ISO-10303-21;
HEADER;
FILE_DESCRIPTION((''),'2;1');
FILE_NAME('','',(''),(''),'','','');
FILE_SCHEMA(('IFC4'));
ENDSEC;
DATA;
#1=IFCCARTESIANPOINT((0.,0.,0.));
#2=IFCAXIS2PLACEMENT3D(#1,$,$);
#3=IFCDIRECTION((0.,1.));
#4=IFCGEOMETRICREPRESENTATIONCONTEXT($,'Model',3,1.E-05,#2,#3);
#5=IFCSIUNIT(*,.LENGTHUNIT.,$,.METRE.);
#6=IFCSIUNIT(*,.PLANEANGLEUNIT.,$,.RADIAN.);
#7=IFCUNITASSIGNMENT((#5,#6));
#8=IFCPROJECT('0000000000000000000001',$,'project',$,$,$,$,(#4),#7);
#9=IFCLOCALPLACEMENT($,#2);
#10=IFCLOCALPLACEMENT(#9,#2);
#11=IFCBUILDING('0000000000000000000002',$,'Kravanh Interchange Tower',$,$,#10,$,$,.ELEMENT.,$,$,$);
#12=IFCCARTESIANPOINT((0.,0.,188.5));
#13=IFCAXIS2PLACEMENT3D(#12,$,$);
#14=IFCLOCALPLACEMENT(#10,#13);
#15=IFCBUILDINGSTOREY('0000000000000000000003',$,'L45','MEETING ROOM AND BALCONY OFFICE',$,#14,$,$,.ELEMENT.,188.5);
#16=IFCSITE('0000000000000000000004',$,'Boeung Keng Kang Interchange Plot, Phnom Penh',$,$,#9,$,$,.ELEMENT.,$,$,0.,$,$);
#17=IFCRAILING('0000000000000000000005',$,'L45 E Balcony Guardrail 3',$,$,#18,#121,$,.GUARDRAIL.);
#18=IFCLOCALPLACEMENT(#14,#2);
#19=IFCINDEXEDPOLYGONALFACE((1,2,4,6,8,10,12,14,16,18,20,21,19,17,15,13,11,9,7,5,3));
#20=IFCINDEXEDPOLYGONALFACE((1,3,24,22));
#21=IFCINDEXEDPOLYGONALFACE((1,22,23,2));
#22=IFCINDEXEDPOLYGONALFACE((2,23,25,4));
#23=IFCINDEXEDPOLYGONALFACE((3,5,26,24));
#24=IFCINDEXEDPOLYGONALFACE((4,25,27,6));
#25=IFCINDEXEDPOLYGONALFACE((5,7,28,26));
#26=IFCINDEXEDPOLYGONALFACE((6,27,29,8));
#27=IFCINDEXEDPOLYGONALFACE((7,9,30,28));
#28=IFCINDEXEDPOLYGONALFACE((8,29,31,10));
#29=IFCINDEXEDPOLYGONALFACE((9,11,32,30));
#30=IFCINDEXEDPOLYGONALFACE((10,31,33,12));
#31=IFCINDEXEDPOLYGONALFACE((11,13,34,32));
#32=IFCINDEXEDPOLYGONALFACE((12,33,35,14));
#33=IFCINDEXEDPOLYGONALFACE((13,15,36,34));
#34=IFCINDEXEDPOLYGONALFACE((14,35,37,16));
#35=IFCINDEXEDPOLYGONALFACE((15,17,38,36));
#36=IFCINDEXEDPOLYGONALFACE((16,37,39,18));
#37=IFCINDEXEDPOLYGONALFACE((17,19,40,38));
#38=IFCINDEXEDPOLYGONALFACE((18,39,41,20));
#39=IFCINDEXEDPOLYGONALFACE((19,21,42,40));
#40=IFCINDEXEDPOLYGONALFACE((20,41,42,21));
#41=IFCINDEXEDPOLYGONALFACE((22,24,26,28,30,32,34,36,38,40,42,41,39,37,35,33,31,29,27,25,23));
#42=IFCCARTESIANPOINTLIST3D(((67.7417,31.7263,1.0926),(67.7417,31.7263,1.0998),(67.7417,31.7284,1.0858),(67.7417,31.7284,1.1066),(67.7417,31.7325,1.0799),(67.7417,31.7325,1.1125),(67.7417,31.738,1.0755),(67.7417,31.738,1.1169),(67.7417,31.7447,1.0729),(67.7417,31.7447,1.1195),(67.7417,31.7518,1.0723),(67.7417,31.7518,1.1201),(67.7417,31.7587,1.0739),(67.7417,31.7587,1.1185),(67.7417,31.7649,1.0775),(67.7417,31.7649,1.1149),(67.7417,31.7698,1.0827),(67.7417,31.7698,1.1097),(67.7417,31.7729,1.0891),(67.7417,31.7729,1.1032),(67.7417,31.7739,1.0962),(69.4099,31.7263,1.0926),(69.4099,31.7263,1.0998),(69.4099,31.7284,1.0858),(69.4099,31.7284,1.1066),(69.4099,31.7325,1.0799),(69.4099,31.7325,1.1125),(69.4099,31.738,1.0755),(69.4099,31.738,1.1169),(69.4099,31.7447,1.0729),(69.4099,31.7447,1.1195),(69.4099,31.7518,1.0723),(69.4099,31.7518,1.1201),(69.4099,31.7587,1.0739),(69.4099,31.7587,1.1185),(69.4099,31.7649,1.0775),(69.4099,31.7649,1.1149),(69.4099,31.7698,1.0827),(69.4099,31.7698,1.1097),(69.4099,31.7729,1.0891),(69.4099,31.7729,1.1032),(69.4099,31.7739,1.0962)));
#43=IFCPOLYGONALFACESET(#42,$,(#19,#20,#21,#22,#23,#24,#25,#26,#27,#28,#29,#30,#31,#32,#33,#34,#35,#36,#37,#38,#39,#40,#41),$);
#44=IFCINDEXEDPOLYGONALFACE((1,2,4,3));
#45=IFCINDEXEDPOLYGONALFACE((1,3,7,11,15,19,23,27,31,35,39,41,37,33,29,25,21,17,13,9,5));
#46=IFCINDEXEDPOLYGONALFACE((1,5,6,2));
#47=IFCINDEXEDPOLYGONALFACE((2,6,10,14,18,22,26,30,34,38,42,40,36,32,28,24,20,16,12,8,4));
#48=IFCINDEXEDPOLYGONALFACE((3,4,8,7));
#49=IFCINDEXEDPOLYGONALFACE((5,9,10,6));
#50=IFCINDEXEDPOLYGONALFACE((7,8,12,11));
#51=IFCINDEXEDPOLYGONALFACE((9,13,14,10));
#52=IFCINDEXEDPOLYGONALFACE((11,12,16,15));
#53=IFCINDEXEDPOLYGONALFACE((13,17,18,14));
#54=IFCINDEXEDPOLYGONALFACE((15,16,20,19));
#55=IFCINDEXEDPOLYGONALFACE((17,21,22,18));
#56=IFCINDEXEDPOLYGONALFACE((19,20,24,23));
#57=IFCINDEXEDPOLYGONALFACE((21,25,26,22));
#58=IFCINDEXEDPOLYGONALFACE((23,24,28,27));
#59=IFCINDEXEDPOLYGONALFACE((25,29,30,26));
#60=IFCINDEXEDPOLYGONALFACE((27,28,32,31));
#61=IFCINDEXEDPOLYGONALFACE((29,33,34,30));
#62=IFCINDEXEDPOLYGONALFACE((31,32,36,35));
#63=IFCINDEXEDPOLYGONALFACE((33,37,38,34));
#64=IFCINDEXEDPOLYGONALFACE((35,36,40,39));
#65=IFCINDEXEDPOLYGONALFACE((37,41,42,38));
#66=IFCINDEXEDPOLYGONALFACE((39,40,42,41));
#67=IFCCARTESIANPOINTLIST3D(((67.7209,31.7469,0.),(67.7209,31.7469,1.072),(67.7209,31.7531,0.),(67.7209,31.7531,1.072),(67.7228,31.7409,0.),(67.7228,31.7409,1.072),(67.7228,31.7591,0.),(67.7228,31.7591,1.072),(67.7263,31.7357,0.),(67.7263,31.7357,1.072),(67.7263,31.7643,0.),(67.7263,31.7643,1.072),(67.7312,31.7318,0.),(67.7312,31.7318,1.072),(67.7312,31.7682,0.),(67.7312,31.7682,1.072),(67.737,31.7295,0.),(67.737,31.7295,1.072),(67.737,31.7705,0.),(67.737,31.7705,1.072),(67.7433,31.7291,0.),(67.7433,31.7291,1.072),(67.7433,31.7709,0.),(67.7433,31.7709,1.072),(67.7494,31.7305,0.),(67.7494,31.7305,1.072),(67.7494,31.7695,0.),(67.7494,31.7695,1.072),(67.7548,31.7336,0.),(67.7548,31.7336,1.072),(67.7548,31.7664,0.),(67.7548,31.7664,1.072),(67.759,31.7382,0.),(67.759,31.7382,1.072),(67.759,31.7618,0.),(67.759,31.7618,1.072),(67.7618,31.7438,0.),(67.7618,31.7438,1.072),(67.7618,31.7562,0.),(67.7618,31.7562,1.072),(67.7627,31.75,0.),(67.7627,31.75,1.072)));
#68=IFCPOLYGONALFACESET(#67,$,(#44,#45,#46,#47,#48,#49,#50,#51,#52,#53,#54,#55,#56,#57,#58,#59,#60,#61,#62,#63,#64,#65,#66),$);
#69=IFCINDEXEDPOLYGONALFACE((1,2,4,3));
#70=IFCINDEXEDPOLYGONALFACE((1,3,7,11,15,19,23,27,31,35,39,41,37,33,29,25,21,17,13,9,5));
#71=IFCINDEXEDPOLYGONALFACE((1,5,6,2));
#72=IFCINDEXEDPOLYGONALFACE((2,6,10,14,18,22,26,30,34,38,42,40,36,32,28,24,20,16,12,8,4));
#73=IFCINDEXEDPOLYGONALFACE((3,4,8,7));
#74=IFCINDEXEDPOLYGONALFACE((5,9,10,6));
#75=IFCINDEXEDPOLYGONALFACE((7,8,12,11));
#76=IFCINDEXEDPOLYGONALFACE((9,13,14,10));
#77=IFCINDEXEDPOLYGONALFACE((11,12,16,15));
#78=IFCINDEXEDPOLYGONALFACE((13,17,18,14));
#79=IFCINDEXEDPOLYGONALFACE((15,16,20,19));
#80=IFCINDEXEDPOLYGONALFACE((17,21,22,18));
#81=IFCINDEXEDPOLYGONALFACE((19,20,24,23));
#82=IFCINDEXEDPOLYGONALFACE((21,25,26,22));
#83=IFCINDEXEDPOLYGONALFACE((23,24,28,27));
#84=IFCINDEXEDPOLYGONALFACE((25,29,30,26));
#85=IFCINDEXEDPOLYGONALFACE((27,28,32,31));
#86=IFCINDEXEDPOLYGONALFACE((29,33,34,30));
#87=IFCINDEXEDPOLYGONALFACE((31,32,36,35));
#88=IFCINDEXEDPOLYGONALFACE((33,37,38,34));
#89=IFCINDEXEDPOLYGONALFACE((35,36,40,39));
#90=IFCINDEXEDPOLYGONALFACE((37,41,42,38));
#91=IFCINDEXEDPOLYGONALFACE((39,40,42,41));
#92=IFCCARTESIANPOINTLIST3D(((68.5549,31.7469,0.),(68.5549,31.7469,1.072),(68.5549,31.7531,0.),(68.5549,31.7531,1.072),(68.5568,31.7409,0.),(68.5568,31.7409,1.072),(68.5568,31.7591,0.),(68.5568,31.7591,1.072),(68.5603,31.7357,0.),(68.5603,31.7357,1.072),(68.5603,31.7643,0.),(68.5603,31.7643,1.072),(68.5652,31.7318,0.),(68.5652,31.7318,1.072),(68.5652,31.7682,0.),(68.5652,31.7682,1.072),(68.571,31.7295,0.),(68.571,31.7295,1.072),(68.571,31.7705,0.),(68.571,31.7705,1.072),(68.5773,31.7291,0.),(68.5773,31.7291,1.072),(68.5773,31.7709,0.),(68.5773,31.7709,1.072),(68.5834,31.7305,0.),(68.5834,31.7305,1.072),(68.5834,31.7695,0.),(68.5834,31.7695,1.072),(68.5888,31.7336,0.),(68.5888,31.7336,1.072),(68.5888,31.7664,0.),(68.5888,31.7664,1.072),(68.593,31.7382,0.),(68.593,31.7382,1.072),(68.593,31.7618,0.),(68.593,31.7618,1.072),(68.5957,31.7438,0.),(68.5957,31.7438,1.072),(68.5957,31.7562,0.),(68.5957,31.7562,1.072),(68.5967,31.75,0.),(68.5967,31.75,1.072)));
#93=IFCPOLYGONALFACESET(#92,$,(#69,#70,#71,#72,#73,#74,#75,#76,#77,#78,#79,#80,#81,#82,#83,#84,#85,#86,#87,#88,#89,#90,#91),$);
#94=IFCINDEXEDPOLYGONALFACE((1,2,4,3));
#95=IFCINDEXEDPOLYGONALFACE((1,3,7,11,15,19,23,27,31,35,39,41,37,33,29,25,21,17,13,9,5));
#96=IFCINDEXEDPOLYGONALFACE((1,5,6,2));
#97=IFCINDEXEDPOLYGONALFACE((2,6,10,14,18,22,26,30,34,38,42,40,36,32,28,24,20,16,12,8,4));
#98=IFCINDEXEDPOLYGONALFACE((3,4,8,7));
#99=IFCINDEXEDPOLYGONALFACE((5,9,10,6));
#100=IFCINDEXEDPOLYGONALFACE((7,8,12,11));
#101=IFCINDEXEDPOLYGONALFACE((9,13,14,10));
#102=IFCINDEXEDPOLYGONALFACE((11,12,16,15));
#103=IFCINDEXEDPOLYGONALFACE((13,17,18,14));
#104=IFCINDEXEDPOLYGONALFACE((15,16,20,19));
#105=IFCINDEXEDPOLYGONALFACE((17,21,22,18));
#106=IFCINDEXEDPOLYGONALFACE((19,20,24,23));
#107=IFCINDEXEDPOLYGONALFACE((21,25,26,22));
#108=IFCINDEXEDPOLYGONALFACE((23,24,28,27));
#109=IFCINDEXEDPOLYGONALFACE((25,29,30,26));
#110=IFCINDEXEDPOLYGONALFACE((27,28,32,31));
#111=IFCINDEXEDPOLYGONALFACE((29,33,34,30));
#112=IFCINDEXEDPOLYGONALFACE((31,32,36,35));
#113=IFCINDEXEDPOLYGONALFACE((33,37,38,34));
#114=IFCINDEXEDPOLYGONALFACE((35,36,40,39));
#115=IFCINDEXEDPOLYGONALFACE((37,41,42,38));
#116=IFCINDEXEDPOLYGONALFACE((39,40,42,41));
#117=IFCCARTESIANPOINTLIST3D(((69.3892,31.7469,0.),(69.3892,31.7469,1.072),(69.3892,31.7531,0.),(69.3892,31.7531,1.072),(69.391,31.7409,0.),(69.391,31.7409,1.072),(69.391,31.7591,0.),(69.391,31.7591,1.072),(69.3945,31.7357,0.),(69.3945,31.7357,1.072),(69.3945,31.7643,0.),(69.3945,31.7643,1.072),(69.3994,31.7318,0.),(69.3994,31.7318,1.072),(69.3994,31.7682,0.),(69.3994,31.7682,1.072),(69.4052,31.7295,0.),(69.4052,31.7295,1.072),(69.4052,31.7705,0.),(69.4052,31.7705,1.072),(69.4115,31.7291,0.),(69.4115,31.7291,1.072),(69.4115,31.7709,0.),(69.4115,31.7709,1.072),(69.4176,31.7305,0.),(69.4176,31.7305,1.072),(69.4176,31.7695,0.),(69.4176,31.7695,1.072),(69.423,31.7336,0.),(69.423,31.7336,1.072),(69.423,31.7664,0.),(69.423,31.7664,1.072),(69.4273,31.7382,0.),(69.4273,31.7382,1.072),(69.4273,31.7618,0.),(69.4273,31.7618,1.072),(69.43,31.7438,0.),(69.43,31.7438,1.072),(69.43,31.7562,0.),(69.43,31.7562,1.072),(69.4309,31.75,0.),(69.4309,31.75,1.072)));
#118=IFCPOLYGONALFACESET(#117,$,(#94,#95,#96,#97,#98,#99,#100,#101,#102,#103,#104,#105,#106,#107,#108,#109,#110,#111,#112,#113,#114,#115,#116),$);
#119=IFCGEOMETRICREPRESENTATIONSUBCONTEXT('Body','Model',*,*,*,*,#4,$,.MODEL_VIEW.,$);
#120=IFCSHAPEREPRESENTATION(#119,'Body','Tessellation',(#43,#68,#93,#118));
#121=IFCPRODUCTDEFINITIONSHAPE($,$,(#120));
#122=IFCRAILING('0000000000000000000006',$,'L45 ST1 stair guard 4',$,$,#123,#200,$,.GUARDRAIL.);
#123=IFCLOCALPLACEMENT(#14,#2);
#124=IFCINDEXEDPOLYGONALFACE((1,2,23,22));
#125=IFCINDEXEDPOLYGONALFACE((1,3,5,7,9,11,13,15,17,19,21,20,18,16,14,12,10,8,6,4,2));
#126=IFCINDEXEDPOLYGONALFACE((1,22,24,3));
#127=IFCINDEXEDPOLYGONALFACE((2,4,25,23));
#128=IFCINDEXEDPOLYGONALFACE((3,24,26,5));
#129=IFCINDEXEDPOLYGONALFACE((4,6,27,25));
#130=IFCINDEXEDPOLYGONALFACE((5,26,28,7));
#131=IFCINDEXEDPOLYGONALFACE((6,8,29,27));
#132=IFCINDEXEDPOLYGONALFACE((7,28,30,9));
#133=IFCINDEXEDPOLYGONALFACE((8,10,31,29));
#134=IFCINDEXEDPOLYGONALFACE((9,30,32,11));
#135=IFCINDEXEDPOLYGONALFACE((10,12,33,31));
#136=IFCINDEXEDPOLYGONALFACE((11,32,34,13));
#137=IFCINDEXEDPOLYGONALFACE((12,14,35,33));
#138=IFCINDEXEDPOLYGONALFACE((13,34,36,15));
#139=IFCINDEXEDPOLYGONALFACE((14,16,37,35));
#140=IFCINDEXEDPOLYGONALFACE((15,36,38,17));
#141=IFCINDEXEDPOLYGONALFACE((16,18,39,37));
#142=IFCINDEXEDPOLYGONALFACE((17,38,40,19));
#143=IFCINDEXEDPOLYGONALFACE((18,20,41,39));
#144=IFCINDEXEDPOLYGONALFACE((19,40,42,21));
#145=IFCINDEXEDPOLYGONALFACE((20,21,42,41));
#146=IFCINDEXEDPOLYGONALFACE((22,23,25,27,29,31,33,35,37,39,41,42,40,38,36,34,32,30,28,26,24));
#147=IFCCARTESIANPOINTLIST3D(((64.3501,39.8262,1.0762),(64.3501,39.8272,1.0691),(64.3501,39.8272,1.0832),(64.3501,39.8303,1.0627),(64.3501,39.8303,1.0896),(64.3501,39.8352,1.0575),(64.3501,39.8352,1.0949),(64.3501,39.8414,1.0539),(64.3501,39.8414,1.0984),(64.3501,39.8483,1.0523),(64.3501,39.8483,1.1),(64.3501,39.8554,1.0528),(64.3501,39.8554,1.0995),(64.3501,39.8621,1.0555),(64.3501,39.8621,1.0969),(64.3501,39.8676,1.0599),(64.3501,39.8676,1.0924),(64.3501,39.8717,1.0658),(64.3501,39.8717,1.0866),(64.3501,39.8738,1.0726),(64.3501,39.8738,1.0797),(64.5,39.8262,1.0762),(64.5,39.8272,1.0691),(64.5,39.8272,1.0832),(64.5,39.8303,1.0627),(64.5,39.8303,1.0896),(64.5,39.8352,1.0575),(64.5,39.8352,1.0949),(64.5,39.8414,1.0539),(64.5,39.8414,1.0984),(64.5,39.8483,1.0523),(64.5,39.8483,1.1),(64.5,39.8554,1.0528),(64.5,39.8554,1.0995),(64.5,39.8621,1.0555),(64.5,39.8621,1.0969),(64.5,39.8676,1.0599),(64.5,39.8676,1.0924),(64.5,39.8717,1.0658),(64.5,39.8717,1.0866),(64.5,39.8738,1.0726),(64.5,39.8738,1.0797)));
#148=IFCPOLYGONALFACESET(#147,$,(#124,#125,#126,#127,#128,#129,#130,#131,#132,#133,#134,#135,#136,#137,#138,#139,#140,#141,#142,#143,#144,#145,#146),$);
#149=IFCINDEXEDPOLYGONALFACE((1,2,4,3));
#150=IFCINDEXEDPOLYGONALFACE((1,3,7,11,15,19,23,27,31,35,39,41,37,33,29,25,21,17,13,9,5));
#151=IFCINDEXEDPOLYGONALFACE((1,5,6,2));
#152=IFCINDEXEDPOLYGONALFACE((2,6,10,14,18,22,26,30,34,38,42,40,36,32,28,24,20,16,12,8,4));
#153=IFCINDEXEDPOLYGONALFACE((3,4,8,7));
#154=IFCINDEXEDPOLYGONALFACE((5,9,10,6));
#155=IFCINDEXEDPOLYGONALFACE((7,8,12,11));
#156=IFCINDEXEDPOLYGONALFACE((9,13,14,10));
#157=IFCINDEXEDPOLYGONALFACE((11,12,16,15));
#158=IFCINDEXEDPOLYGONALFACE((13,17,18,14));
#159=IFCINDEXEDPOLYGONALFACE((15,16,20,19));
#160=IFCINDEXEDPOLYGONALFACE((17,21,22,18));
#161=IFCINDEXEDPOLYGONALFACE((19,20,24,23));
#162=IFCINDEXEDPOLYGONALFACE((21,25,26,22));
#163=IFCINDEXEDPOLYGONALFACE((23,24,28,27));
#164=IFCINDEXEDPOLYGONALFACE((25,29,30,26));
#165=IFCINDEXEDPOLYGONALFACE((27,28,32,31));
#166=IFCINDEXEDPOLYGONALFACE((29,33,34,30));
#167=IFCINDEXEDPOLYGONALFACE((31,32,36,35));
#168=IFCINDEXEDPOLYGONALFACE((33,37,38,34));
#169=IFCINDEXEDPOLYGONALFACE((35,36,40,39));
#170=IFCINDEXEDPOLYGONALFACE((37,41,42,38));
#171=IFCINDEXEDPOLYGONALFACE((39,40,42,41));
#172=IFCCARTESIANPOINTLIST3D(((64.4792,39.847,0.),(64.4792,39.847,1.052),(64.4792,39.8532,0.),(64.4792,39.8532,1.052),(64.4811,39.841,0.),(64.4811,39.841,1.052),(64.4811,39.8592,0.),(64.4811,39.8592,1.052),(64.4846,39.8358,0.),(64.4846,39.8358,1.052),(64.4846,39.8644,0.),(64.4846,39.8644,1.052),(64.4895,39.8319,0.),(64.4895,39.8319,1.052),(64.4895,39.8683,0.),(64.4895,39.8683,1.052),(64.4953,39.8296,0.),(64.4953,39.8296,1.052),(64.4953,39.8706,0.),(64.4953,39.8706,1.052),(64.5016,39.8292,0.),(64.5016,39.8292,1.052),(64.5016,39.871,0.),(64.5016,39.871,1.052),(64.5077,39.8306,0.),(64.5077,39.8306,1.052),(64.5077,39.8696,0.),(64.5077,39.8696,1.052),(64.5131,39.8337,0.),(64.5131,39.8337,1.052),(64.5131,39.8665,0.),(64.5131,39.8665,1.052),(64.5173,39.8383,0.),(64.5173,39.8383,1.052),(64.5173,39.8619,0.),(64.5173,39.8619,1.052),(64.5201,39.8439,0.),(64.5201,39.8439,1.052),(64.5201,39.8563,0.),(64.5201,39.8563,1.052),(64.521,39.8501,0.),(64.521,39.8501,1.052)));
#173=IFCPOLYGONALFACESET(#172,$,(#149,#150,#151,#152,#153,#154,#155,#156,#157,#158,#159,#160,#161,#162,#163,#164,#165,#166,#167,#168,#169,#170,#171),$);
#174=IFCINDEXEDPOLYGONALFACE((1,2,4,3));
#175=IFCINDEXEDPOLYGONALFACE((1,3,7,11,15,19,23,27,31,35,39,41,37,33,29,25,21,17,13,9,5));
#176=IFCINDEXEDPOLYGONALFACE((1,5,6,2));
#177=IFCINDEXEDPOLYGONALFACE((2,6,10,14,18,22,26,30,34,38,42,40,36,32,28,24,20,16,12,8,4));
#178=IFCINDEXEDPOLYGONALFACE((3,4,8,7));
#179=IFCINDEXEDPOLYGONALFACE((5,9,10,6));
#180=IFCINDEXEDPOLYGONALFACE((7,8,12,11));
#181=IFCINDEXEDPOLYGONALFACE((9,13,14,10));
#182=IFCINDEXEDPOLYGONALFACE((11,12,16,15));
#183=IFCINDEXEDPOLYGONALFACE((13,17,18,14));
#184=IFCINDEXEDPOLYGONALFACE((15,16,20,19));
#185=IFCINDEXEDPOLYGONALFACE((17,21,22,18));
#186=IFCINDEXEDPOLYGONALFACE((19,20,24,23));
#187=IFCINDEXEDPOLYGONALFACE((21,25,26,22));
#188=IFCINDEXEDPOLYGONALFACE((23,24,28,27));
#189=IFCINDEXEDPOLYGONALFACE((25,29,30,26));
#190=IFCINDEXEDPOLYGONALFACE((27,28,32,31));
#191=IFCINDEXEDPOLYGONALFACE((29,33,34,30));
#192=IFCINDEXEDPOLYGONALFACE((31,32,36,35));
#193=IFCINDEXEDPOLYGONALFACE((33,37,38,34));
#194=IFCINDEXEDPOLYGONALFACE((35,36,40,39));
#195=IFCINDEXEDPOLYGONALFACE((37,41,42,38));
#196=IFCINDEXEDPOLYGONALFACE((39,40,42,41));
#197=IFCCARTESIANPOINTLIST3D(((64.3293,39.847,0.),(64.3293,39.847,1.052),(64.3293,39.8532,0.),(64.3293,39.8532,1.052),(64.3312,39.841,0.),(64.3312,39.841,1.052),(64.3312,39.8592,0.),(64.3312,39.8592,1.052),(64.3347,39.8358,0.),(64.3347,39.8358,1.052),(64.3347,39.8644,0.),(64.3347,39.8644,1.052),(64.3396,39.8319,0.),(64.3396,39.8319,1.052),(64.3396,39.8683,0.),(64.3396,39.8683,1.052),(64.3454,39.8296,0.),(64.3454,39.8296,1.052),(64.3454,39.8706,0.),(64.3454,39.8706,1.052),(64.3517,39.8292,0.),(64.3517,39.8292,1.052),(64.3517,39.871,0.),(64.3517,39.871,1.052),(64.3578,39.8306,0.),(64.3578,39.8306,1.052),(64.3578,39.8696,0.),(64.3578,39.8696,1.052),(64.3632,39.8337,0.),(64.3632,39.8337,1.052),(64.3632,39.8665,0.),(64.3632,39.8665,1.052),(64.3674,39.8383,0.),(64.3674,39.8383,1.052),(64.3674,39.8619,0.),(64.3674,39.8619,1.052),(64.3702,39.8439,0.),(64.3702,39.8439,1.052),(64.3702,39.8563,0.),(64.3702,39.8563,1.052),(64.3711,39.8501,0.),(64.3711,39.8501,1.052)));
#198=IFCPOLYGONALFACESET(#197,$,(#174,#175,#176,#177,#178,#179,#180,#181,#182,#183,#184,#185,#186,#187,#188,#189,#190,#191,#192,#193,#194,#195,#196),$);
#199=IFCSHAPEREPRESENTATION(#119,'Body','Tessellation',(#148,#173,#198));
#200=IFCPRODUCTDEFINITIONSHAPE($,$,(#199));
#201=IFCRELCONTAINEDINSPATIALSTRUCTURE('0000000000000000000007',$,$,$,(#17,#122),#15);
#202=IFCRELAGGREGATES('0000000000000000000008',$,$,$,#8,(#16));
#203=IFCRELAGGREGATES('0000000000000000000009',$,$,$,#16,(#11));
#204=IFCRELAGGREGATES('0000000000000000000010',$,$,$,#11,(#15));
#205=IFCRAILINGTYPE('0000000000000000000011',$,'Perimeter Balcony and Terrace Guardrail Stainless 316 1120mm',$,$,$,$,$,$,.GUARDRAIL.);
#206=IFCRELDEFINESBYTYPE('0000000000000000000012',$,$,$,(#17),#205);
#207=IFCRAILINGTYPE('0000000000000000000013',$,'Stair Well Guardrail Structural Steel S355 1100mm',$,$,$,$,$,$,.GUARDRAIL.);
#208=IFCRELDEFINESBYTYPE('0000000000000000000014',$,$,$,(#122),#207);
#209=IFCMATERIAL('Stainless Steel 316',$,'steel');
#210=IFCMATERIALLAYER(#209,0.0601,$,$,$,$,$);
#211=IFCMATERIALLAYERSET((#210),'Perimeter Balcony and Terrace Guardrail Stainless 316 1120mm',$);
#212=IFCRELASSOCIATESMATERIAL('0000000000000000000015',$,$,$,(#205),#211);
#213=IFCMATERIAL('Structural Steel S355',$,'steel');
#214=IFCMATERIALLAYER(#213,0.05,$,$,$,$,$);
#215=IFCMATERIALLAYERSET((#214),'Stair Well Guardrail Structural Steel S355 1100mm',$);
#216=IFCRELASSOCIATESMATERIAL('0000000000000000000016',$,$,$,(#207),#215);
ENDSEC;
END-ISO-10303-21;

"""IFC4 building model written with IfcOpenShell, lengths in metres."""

from ifc_helpers import new_model, si_unit, direction, frame, origin, origin_2d, place, context, subcontext, project, spatial, circle, extrude, material, layer, layer_set, type_object, element, save


model = new_model("IFC4")

# Units and contexts
model_context = context("Model", 3, precision=1e-05, world=origin(), true_north=direction((0.0, 1.0)))
body_context = subcontext(model_context, "Body", "Model", "MODEL_VIEW")
ifc_project = project(units=[si_unit("LENGTHUNIT", "METRE"), si_unit("PLANEANGLEUNIT", "RADIAN")], contexts=[model_context])

# Site, building, storey
site_placement = place(None, origin())
site = spatial("IfcSite", under=ifc_project, at=site_placement, Name="Boeung Keng Kang Interchange Plot, Phnom Penh", CompositionType="ELEMENT", RefElevation=0.0)
building_placement = place(site_placement, origin())
building = spatial("IfcBuilding", under=site, at=building_placement, Name="Kravanh Interchange Tower", CompositionType="ELEMENT")
storey_placement = place(building_placement, frame((0.0, 0.0, 188.5)))
storey = spatial("IfcBuildingStorey", under=building, at=storey_placement, Name="L45", Description="MEETING ROOM AND BALCONY OFFICE", CompositionType="ELEMENT", Elevation=188.5)

# Railings
ifc_material_1 = material(Name="Stainless Steel 316", Category="steel")
ifc_layer_1 = layer(ifc_material_1, 0.0601)
ifc_layer_set_1 = layer_set([ifc_layer_1], Name="Perimeter Balcony and Terrace Guardrail Stainless 316 1120mm")
railing_type_1 = type_object("IfcRailingType", Name="Perimeter Balcony and Terrace Guardrail Stainless 316 1120mm", PredefinedType="GUARDRAIL", material=ifc_layer_set_1)
railing_1_placement = place(storey_placement, frame((67.7417, 31.75, 0.0)))
element("IfcRailing", 1, at=railing_1_placement, inside=storey, type_object=railing_type_1, Name="L45 E Balcony Guardrail 3", PredefinedType="GUARDRAIL", context=body_context, shape_type="SweptSolid", body=[
    extrude(circle(Radius=0.0239, at=origin_2d()), frame((0.0, 0.0, 1.0962), z_axis=(1.0, 0.0, 0.0), x_axis=(0.0, 1.0, 0.0)), (0.0, 0.0, 1.0), 1.6682),
    extrude(circle(Radius=0.021, at=origin_2d()), origin(), (0.0, 0.0, 1.0), 1.072),
    extrude(circle(Radius=0.021, at=origin_2d()), frame((0.834, 0.0, 0.0)), (0.0, 0.0, 1.0), 1.072),
    extrude(circle(Radius=0.021, at=origin_2d()), frame((1.6682, 0.0, 0.0)), (0.0, 0.0, 1.0), 1.072),
])
ifc_material_2 = material(Name="Structural Steel S355", Category="steel")
ifc_layer_2 = layer(ifc_material_2, 0.05)
ifc_layer_set_2 = layer_set([ifc_layer_2], Name="Stair Well Guardrail Structural Steel S355 1100mm")
railing_type_2 = type_object("IfcRailingType", Name="Stair Well Guardrail Structural Steel S355 1100mm", PredefinedType="GUARDRAIL", material=ifc_layer_set_2)
for number, where, name in (
    (2, (64.5, 39.8501, 0.0), "L45 ST1 stair guard 4"),
):
    element("IfcRailing", number, at=place(storey_placement, frame(where)), inside=storey, type_object=railing_type_2, Name=name, PredefinedType="GUARDRAIL", context=body_context, shape_type="SweptSolid", body=[
        extrude(circle(Radius=0.0239, at=origin_2d()), frame((0.0, 0.0, 1.0762), z_axis=(-1.0, 0.0, 0.0), x_axis=(0.0, -1.0, 0.0)), (0.0, 0.0, 1.0), 0.1499),
        extrude(circle(Radius=0.021, at=origin_2d()), origin(), (0.0, 0.0, 1.0), 1.052),
        extrude(circle(Radius=0.021, at=origin_2d()), frame((-0.1499, 0.0, 0.0)), (0.0, 0.0, 1.0), 1.052),
    ])

save(model, "model.ifc")
